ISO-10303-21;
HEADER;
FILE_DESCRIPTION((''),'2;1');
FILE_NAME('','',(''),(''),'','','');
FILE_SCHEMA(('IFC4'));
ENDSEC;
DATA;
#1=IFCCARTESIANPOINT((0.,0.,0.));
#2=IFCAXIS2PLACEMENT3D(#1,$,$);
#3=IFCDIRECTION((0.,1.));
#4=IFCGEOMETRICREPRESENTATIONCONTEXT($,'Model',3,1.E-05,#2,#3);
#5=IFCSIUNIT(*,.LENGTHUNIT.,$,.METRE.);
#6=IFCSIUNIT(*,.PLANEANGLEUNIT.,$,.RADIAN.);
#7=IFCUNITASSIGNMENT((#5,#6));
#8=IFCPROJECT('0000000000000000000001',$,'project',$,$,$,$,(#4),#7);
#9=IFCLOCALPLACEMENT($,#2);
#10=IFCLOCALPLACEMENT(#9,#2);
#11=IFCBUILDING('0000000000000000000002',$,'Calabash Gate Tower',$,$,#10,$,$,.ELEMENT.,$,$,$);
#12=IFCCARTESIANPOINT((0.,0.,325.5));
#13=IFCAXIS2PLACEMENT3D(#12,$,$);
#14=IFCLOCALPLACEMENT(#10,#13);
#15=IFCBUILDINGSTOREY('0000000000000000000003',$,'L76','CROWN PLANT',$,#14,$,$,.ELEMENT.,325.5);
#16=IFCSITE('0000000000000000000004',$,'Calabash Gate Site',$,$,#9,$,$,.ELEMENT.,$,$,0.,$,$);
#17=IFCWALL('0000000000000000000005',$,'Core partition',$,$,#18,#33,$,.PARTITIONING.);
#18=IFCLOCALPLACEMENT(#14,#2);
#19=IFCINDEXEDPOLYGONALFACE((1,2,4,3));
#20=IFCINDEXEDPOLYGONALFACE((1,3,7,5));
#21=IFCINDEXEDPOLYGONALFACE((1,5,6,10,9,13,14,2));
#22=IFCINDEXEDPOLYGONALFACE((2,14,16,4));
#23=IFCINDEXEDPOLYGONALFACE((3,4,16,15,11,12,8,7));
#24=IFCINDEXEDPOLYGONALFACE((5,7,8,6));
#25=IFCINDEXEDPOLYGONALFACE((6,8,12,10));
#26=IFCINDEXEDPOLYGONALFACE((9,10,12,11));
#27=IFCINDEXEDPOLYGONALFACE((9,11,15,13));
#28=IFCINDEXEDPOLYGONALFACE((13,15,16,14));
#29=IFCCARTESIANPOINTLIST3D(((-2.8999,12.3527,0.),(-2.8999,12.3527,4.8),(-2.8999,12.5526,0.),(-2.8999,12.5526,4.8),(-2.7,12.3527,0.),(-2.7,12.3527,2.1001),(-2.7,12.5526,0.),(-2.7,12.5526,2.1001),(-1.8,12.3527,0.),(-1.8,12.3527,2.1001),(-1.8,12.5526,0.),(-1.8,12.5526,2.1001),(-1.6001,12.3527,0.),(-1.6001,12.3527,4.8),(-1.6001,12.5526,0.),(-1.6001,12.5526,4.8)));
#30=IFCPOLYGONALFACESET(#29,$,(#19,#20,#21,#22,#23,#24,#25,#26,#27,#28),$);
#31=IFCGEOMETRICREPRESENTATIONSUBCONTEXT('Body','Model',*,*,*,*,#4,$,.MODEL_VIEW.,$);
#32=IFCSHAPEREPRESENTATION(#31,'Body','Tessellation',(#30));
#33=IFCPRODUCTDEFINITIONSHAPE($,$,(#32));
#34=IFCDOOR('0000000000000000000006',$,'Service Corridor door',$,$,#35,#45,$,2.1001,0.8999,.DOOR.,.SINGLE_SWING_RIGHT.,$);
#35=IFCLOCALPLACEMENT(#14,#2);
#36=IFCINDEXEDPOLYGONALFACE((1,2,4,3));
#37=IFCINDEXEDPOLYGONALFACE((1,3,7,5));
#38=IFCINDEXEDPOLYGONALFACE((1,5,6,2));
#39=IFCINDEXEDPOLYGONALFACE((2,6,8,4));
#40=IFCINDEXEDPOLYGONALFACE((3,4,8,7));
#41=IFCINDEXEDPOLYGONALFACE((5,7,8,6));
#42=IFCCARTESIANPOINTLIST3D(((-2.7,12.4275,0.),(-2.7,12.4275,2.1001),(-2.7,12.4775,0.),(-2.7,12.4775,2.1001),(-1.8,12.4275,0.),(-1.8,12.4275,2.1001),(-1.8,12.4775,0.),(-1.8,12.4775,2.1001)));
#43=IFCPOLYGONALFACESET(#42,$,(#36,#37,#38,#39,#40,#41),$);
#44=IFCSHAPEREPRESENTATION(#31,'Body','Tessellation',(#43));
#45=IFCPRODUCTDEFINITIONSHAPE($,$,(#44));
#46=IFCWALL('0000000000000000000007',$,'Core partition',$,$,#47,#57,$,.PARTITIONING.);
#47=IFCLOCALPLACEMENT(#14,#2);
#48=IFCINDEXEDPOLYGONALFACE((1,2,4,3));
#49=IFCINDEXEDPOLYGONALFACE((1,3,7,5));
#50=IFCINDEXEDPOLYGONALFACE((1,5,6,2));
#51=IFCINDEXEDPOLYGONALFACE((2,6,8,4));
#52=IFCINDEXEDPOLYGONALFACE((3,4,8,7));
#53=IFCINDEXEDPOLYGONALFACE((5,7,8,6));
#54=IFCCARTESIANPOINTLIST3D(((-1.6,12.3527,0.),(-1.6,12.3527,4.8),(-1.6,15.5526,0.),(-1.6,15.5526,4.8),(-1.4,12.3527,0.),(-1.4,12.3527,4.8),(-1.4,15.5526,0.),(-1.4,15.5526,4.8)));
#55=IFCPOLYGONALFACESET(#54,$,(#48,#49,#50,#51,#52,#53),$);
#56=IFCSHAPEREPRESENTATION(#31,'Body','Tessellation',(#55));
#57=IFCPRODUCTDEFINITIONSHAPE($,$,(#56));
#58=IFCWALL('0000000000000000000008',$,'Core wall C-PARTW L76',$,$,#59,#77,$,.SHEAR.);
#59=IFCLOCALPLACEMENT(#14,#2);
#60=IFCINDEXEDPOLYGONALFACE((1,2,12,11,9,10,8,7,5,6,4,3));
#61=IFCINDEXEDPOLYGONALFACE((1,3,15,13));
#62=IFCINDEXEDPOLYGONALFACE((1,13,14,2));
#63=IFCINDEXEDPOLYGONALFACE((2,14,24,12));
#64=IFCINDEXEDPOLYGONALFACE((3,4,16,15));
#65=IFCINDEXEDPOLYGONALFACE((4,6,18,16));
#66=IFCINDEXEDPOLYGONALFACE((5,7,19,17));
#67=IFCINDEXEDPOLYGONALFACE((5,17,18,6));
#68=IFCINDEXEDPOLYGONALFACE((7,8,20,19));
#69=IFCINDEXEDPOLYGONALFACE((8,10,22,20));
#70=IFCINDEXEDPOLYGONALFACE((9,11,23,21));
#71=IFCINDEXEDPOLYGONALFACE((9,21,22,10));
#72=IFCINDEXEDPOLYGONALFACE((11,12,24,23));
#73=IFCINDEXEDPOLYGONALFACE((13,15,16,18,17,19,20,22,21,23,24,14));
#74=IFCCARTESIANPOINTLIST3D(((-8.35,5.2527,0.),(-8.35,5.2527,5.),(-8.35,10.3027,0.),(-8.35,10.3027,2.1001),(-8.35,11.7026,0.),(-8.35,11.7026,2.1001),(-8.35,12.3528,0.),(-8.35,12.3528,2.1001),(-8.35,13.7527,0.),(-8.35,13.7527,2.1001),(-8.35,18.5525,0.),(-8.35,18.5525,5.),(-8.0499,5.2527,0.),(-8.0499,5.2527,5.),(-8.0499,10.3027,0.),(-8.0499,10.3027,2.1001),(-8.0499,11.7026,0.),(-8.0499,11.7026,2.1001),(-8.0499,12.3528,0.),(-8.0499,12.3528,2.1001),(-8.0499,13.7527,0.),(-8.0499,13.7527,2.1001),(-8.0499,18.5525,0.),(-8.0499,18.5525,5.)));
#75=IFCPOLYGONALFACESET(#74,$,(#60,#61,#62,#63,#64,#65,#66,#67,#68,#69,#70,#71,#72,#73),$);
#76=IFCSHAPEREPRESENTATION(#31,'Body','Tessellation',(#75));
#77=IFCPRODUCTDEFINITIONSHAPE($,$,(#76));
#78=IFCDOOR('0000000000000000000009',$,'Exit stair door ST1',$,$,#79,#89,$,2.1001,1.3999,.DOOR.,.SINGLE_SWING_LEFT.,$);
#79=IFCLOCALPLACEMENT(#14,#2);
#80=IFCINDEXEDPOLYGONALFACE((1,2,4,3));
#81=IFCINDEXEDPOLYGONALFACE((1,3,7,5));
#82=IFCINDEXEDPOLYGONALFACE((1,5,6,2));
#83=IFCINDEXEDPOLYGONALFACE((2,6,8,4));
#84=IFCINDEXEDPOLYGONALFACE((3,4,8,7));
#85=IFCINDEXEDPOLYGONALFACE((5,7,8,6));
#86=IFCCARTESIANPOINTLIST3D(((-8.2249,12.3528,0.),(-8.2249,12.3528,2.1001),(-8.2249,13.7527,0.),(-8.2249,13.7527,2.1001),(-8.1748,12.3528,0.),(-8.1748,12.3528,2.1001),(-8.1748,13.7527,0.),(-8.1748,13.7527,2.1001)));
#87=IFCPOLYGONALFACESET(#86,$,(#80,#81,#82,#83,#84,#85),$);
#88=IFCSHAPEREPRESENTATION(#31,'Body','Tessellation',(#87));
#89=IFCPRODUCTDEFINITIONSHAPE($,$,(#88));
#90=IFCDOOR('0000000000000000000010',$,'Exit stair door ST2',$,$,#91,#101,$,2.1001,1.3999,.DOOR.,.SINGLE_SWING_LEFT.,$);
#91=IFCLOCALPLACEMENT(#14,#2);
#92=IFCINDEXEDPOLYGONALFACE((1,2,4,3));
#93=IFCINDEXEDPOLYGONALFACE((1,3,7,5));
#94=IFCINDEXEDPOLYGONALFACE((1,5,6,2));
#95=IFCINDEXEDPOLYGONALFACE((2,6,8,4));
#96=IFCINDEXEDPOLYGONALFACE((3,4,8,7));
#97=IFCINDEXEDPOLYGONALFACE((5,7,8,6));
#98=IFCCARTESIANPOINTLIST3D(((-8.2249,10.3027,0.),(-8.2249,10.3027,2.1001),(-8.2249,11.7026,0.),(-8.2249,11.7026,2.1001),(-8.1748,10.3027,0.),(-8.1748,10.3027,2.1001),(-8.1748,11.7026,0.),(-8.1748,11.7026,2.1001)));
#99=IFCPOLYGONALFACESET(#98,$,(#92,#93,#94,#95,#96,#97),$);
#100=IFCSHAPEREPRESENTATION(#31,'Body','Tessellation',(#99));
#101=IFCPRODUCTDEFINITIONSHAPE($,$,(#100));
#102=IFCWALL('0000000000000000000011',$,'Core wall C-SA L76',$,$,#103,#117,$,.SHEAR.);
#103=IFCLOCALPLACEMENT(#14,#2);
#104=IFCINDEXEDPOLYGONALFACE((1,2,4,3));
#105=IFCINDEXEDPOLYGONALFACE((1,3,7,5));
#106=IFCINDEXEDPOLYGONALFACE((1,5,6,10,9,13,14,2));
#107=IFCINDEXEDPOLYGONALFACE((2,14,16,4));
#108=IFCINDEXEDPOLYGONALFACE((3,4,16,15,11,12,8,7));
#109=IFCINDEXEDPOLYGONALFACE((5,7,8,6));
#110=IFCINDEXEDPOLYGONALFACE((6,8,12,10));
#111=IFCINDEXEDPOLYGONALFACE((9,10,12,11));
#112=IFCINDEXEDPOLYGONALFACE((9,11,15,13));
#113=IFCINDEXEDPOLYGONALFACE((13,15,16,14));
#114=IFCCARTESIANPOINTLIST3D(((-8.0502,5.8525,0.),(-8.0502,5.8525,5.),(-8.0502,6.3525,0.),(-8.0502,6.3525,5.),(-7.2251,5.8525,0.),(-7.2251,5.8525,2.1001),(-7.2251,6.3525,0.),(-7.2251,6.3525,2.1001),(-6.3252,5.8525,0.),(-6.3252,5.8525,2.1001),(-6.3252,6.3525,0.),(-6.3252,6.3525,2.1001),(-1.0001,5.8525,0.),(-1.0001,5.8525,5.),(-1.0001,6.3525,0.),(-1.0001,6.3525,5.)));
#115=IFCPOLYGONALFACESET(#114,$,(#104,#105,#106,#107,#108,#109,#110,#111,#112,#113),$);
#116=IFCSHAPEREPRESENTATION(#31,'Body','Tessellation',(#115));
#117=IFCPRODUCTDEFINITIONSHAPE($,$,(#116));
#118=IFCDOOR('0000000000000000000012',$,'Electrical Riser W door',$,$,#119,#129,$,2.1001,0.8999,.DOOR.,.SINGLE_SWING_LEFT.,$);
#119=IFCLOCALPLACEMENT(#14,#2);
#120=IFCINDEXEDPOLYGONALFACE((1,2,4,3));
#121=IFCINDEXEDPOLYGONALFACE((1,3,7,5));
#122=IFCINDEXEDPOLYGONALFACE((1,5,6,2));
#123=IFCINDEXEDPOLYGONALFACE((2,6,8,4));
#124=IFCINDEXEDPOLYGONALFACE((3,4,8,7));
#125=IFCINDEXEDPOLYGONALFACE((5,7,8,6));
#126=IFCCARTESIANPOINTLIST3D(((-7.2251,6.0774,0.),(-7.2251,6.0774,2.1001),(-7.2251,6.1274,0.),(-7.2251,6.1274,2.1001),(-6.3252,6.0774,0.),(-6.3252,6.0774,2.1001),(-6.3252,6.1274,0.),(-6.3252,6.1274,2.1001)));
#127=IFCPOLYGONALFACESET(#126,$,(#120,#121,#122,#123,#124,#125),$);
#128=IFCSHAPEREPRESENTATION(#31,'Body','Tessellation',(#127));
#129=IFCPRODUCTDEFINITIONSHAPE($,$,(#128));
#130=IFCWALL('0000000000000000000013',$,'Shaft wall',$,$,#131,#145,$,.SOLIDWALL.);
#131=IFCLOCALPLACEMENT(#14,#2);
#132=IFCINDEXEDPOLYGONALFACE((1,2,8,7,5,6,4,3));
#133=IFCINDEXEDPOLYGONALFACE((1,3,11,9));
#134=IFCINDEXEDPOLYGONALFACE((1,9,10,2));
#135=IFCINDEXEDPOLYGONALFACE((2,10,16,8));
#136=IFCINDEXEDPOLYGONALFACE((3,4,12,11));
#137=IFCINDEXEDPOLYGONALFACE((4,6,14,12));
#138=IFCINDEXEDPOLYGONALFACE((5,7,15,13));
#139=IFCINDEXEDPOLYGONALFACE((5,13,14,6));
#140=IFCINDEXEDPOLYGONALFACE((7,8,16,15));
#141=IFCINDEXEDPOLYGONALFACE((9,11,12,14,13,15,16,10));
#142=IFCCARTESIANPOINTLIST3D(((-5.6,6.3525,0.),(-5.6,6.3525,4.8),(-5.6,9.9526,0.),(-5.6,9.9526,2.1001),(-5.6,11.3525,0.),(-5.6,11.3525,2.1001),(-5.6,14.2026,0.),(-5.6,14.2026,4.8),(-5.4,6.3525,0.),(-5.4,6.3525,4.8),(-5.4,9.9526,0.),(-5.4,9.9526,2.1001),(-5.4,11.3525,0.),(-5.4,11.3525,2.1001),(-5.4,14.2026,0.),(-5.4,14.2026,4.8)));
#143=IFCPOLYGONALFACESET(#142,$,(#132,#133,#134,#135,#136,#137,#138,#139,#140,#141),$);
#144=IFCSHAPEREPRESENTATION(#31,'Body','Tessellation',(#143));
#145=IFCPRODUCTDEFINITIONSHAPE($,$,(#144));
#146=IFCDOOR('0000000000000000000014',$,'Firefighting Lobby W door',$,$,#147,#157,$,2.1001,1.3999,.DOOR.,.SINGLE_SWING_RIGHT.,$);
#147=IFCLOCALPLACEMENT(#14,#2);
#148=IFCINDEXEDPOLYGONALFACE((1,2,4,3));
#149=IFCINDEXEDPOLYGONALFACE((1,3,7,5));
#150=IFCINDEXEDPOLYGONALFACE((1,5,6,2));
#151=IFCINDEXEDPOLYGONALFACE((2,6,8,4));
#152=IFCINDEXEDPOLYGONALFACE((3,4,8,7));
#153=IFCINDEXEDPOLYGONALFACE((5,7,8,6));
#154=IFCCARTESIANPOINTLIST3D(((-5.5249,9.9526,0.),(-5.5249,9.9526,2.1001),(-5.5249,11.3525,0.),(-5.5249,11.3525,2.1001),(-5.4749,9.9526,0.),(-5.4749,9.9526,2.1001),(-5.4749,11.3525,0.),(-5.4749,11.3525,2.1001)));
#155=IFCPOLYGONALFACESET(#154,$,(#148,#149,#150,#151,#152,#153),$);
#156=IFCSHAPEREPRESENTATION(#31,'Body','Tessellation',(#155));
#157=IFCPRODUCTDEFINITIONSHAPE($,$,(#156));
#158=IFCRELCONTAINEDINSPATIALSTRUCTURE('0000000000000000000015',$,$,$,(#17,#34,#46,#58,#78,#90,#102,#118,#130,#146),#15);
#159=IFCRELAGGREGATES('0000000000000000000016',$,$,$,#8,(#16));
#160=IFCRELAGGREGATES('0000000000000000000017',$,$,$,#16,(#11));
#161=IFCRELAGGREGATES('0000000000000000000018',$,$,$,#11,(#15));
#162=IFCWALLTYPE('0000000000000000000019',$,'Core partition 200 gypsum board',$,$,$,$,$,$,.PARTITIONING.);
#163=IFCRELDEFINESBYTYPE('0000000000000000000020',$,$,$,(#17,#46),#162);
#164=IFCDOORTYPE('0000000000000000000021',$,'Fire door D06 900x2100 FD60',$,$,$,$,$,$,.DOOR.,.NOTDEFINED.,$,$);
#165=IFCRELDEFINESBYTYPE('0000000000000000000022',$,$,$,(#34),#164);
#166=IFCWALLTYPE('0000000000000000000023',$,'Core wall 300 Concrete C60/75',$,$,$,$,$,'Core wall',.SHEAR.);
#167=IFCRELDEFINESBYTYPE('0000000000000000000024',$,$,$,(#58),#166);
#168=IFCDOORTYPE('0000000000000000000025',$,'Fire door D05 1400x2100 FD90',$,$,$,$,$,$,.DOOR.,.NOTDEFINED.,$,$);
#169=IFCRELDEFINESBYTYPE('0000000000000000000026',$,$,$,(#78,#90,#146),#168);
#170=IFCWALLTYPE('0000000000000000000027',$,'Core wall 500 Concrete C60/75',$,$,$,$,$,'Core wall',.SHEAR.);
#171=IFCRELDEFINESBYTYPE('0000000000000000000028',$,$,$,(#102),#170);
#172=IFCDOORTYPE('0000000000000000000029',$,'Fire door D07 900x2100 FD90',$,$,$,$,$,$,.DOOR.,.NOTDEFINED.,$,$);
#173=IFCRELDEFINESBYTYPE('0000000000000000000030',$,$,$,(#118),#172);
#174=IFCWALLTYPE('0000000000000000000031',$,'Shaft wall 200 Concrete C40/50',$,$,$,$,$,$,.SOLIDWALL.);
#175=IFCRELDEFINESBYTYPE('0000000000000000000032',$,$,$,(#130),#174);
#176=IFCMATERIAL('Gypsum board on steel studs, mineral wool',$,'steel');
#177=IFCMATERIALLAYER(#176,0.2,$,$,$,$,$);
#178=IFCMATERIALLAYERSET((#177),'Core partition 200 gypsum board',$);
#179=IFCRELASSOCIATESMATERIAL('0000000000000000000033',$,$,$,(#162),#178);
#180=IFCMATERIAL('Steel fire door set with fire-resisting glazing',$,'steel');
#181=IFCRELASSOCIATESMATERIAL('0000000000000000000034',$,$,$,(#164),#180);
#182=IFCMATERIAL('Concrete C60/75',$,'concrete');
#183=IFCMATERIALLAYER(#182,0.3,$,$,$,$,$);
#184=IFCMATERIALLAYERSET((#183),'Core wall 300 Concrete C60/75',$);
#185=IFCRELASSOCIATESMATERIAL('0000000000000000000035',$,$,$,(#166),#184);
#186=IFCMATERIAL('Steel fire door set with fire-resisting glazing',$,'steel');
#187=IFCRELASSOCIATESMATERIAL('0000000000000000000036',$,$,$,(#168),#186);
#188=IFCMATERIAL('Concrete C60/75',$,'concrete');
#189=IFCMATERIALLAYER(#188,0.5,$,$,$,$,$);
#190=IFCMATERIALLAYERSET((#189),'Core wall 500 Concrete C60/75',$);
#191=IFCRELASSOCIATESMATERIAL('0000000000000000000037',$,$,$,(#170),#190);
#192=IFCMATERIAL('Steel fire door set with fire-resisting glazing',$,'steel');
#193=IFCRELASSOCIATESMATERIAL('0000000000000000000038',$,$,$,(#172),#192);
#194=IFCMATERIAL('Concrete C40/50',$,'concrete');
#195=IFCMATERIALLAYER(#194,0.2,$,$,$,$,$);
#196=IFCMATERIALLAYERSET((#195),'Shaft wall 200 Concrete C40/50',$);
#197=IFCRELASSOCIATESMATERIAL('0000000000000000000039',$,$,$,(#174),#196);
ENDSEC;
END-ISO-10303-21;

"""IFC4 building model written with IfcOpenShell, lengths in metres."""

from ifc_helpers import new_model, si_unit, direction, frame, frame_2d, origin, place, context, subcontext, project, spatial, rectangle, extrude, material, layer, layer_set, type_object, element, fill, save


model = new_model("IFC4")

# Units and contexts
model_context = context("Model", 3, precision=1e-05, world=origin(), true_north=direction((0.0, 1.0)))
body_context = subcontext(model_context, "Body", "Model", "MODEL_VIEW")
ifc_project = project(units=[si_unit("LENGTHUNIT", "METRE"), si_unit("PLANEANGLEUNIT", "RADIAN")], contexts=[model_context])

# Site, building, storey
site_placement = place(None, origin())
site = spatial("IfcSite", under=ifc_project, at=site_placement, Name="Calabash Gate Site", CompositionType="ELEMENT", RefElevation=0.0)
building_placement = place(site_placement, origin())
building = spatial("IfcBuilding", under=site, at=building_placement, Name="Calabash Gate Tower", CompositionType="ELEMENT")
storey_placement = place(building_placement, frame((0.0, 0.0, 325.5)))
storey = spatial("IfcBuildingStorey", under=building, at=storey_placement, Name="L76", Description="CROWN PLANT", CompositionType="ELEMENT", Elevation=325.5)

# Shared definitions
ifc_material_1 = material(Name="Gypsum board on steel studs, mineral wool", Category="steel")
ifc_layer_1 = layer(ifc_material_1, 0.2)
ifc_layer_set_1 = layer_set([ifc_layer_1], Name="Core partition 200 gypsum board")
wall_type_1 = type_object("IfcWallType", Name="Core partition 200 gypsum board", PredefinedType="PARTITIONING", material=ifc_layer_set_1)

# Shared definitions
ifc_material_2 = material(Name="Steel fire door set with fire-resisting glazing", Category="steel")
door_type_1 = type_object("IfcDoorType", Name="Fire door D06 900x2100 FD60", OperationType="NOTDEFINED", PredefinedType="DOOR", material=ifc_material_2)

# Wall, opening, door
wall_1_placement = place(storey_placement, frame((-2.8999, 12.4526, 0.0), z_axis=(0.0, 0.0, 1.0), x_axis=(1.0, 0.0, 0.0)))
wall_1 = element("IfcWall", 1, at=wall_1_placement, inside=storey, type_object=wall_type_1, Name="Core partition", PredefinedType="PARTITIONING", context=body_context, shape_type="SweptSolid", body=[
    extrude(rectangle(XDim=1.2998, YDim=0.2, at=frame_2d((0.6499, 0.0))), origin(), (0.0, 0.0, 1.0), 4.8),
])
opening_1_placement = place(wall_1_placement, frame((0.2, 0.0, 0.0)))
opening_1 = element("IfcOpeningElement", 2, at=opening_1_placement, cuts=wall_1, PredefinedType="OPENING", context=body_context, shape_type="SweptSolid", body=[
    extrude(rectangle(XDim=0.8999, YDim=2.1001, at=frame_2d((0.45, 1.05))), frame((0.0, 0.1099, 0.0), z_axis=(0.0, -1.0, 0.0), x_axis=(1.0, 0.0, 0.0)), (0.0, 0.0, 1.0), 0.22),
])
door_1_placement = place(opening_1_placement, origin())
door_1 = element("IfcDoor", 3, at=door_1_placement, inside=storey, type_object=door_type_1, Name="Service Corridor door", OperationType="SINGLE_SWING_RIGHT", OverallHeight=2.1001, OverallWidth=0.8999, PredefinedType="DOOR", context=body_context, shape_type="SweptSolid", body=[
    extrude(rectangle(XDim=0.8999, YDim=2.1001, at=frame_2d((0.45, 1.05))), frame((0.0, 0.0249, 0.0), z_axis=(0.0, -1.0, 0.0), x_axis=(1.0, 0.0, 0.0)), (0.0, 0.0, 1.0), 0.05),
])
fill(opening_1, door_1)

# Wall
wall_2_placement = place(storey_placement, frame((-1.5, 12.3525, 0.0), z_axis=(0.0, 0.0, 1.0), x_axis=(0.0, 1.0, 0.0)))
element("IfcWall", 4, at=wall_2_placement, inside=storey, type_object=wall_type_1, Name="Core partition", PredefinedType="PARTITIONING", context=body_context, shape_type="SweptSolid", body=[
    extrude(rectangle(XDim=3.2, YDim=0.2, at=frame_2d((1.6001, 0.0))), origin(), (0.0, 0.0, 1.0), 4.8),
])

# Wall, openings, doors
ifc_material_3 = material(Name="Concrete C60/75", Category="concrete")
ifc_layer_2 = layer(ifc_material_3, 0.3)
ifc_layer_set_2 = layer_set([ifc_layer_2], Name="Core wall 300 Concrete C60/75")
wall_type_2 = type_object("IfcWallType", Name="Core wall 300 Concrete C60/75", ElementType="Core wall", PredefinedType="SHEAR", material=ifc_layer_set_2)
wall_3_placement = place(storey_placement, frame((-8.2, 5.2527, 0.0), z_axis=(0.0, 0.0, 1.0), x_axis=(0.0, 1.0, 0.0)))
wall_3 = element("IfcWall", 5, at=wall_3_placement, inside=storey, type_object=wall_type_2, Name="Core wall C-PARTW L76", PredefinedType="SHEAR", context=body_context, shape_type="SweptSolid", body=[
    extrude(rectangle(XDim=13.2998, YDim=0.3, at=frame_2d((6.6499, 0.0))), origin(), (0.0, 0.0, 1.0), 5.0),
])
opening_2_placement = place(wall_3_placement, frame((7.1001, 0.0, 0.0)))
opening_2 = element("IfcOpeningElement", 6, at=opening_2_placement, cuts=wall_3, PredefinedType="OPENING", context=body_context, shape_type="SweptSolid", body=[
    extrude(rectangle(XDim=1.3999, YDim=2.1001, at=frame_2d((0.7, 1.05))), frame((0.0, 0.1599, 0.0), z_axis=(0.0, -1.0, 0.0), x_axis=(1.0, 0.0, 0.0)), (0.0, 0.0, 1.0), 0.3201),
])
opening_3_placement = place(wall_3_placement, frame((5.05, 0.0, 0.0)))
opening_3 = element("IfcOpeningElement", 7, at=opening_3_placement, cuts=wall_3, PredefinedType="OPENING", context=body_context, shape_type="SweptSolid", body=[
    extrude(rectangle(XDim=1.3999, YDim=2.1001, at=frame_2d((0.7, 1.05))), frame((0.0, 0.1599, 0.0), z_axis=(0.0, -1.0, 0.0), x_axis=(1.0, 0.0, 0.0)), (0.0, 0.0, 1.0), 0.3201),
])
ifc_material_4 = material(Name="Steel fire door set with fire-resisting glazing", Category="steel")
door_type_2 = type_object("IfcDoorType", Name="Fire door D05 1400x2100 FD90", OperationType="NOTDEFINED", PredefinedType="DOOR", material=ifc_material_4)
door_2_placement = place(opening_2_placement, origin())
door_2 = element("IfcDoor", 8, at=door_2_placement, inside=storey, type_object=door_type_2, Name="Exit stair door ST1", OperationType="SINGLE_SWING_LEFT", OverallHeight=2.1001, OverallWidth=1.3999, PredefinedType="DOOR", context=body_context, shape_type="SweptSolid", body=[
    extrude(rectangle(XDim=1.3999, YDim=2.1001, at=frame_2d((0.7, 1.05))), frame((0.0, 0.0249, 0.0), z_axis=(0.0, -1.0, 0.0), x_axis=(1.0, 0.0, 0.0)), (0.0, 0.0, 1.0), 0.05),
])
fill(opening_2, door_2)
door_3_placement = place(opening_3_placement, origin())
door_3 = element("IfcDoor", 9, at=door_3_placement, inside=storey, type_object=door_type_2, Name="Exit stair door ST2", OperationType="SINGLE_SWING_LEFT", OverallHeight=2.1001, OverallWidth=1.3999, PredefinedType="DOOR", context=body_context, shape_type="SweptSolid", body=[
    extrude(rectangle(XDim=1.3999, YDim=2.1001, at=frame_2d((0.7, 1.05))), frame((0.0, 0.0249, 0.0), z_axis=(0.0, -1.0, 0.0), x_axis=(1.0, 0.0, 0.0)), (0.0, 0.0, 1.0), 0.05),
])
fill(opening_3, door_3)

# Walls, openings, doors
ifc_material_5 = material(Name="Concrete C60/75", Category="concrete")
ifc_layer_3 = layer(ifc_material_5, 0.5)
ifc_layer_set_3 = layer_set([ifc_layer_3], Name="Core wall 500 Concrete C60/75")
wall_type_3 = type_object("IfcWallType", Name="Core wall 500 Concrete C60/75", ElementType="Core wall", PredefinedType="SHEAR", material=ifc_layer_set_3)
wall_4_placement = place(storey_placement, frame((-8.05, 6.1025, 0.0), z_axis=(0.0, 0.0, 1.0), x_axis=(1.0, 0.0, 0.0)))
wall_4 = element("IfcWall", 10, at=wall_4_placement, inside=storey, type_object=wall_type_3, Name="Core wall C-SA L76", PredefinedType="SHEAR", context=body_context, shape_type="SweptSolid", body=[
    extrude(rectangle(XDim=7.05, YDim=0.5, at=frame_2d((3.5249, 0.0))), origin(), (0.0, 0.0, 1.0), 5.0),
])
opening_4_placement = place(wall_4_placement, frame((0.825, 0.0, 0.0)))
opening_4 = element("IfcOpeningElement", 11, at=opening_4_placement, cuts=wall_4, PredefinedType="OPENING", context=body_context, shape_type="SweptSolid", body=[
    extrude(rectangle(XDim=0.8999, YDim=2.1001, at=frame_2d((0.45, 1.05))), frame((0.0, 0.26, 0.0), z_axis=(0.0, -1.0, 0.0), x_axis=(1.0, 0.0, 0.0)), (0.0, 0.0, 1.0), 0.52),
])
ifc_material_6 = material(Name="Steel fire door set with fire-resisting glazing", Category="steel")
door_type_3 = type_object("IfcDoorType", Name="Fire door D07 900x2100 FD90", OperationType="NOTDEFINED", PredefinedType="DOOR", material=ifc_material_6)
door_4_placement = place(opening_4_placement, origin())
door_4 = element("IfcDoor", 12, at=door_4_placement, inside=storey, type_object=door_type_3, Name="Electrical Riser W door", OperationType="SINGLE_SWING_LEFT", OverallHeight=2.1001, OverallWidth=0.8999, PredefinedType="DOOR", context=body_context, shape_type="SweptSolid", body=[
    extrude(rectangle(XDim=0.8999, YDim=2.1001, at=frame_2d((0.45, 1.05))), frame((0.0, 0.0249, 0.0), z_axis=(0.0, -1.0, 0.0), x_axis=(1.0, 0.0, 0.0)), (0.0, 0.0, 1.0), 0.05),
])
fill(opening_4, door_4)
ifc_material_7 = material(Name="Concrete C40/50", Category="concrete")
ifc_layer_4 = layer(ifc_material_7, 0.2)
ifc_layer_set_4 = layer_set([ifc_layer_4], Name="Shaft wall 200 Concrete C40/50")
wall_type_4 = type_object("IfcWallType", Name="Shaft wall 200 Concrete C40/50", PredefinedType="SOLIDWALL", material=ifc_layer_set_4)
wall_5_placement = place(storey_placement, frame((-5.5, 6.3525, 0.0), z_axis=(0.0, 0.0, 1.0), x_axis=(0.0, 1.0, 0.0)))
wall_5 = element("IfcWall", 13, at=wall_5_placement, inside=storey, type_object=wall_type_4, Name="Shaft wall", PredefinedType="SOLIDWALL", context=body_context, shape_type="SweptSolid", body=[
    extrude(rectangle(XDim=7.8501, YDim=0.2, at=frame_2d((3.925, 0.0))), origin(), (0.0, 0.0, 1.0), 4.8),
])
opening_5_placement = place(wall_5_placement, frame((3.6001, 0.0, 0.0)))
opening_5 = element("IfcOpeningElement", 14, at=opening_5_placement, cuts=wall_5, PredefinedType="OPENING", context=body_context, shape_type="SweptSolid", body=[
    extrude(rectangle(XDim=1.3999, YDim=2.1001, at=frame_2d((0.7, 1.05))), frame((0.0, 0.1099, 0.0), z_axis=(0.0, -1.0, 0.0), x_axis=(1.0, 0.0, 0.0)), (0.0, 0.0, 1.0), 0.22),
])
door_5_placement = place(opening_5_placement, origin())
door_5 = element("IfcDoor", 15, at=door_5_placement, inside=storey, type_object=door_type_2, Name="Firefighting Lobby W door", OperationType="SINGLE_SWING_RIGHT", OverallHeight=2.1001, OverallWidth=1.3999, PredefinedType="DOOR", context=body_context, shape_type="SweptSolid", body=[
    extrude(rectangle(XDim=1.3999, YDim=2.1001, at=frame_2d((0.7, 1.05))), frame((0.0, 0.0249, 0.0), z_axis=(0.0, -1.0, 0.0), x_axis=(1.0, 0.0, 0.0)), (0.0, 0.0, 1.0), 0.05),
])
fill(opening_5, door_5)

save(model, "model.ifc")
